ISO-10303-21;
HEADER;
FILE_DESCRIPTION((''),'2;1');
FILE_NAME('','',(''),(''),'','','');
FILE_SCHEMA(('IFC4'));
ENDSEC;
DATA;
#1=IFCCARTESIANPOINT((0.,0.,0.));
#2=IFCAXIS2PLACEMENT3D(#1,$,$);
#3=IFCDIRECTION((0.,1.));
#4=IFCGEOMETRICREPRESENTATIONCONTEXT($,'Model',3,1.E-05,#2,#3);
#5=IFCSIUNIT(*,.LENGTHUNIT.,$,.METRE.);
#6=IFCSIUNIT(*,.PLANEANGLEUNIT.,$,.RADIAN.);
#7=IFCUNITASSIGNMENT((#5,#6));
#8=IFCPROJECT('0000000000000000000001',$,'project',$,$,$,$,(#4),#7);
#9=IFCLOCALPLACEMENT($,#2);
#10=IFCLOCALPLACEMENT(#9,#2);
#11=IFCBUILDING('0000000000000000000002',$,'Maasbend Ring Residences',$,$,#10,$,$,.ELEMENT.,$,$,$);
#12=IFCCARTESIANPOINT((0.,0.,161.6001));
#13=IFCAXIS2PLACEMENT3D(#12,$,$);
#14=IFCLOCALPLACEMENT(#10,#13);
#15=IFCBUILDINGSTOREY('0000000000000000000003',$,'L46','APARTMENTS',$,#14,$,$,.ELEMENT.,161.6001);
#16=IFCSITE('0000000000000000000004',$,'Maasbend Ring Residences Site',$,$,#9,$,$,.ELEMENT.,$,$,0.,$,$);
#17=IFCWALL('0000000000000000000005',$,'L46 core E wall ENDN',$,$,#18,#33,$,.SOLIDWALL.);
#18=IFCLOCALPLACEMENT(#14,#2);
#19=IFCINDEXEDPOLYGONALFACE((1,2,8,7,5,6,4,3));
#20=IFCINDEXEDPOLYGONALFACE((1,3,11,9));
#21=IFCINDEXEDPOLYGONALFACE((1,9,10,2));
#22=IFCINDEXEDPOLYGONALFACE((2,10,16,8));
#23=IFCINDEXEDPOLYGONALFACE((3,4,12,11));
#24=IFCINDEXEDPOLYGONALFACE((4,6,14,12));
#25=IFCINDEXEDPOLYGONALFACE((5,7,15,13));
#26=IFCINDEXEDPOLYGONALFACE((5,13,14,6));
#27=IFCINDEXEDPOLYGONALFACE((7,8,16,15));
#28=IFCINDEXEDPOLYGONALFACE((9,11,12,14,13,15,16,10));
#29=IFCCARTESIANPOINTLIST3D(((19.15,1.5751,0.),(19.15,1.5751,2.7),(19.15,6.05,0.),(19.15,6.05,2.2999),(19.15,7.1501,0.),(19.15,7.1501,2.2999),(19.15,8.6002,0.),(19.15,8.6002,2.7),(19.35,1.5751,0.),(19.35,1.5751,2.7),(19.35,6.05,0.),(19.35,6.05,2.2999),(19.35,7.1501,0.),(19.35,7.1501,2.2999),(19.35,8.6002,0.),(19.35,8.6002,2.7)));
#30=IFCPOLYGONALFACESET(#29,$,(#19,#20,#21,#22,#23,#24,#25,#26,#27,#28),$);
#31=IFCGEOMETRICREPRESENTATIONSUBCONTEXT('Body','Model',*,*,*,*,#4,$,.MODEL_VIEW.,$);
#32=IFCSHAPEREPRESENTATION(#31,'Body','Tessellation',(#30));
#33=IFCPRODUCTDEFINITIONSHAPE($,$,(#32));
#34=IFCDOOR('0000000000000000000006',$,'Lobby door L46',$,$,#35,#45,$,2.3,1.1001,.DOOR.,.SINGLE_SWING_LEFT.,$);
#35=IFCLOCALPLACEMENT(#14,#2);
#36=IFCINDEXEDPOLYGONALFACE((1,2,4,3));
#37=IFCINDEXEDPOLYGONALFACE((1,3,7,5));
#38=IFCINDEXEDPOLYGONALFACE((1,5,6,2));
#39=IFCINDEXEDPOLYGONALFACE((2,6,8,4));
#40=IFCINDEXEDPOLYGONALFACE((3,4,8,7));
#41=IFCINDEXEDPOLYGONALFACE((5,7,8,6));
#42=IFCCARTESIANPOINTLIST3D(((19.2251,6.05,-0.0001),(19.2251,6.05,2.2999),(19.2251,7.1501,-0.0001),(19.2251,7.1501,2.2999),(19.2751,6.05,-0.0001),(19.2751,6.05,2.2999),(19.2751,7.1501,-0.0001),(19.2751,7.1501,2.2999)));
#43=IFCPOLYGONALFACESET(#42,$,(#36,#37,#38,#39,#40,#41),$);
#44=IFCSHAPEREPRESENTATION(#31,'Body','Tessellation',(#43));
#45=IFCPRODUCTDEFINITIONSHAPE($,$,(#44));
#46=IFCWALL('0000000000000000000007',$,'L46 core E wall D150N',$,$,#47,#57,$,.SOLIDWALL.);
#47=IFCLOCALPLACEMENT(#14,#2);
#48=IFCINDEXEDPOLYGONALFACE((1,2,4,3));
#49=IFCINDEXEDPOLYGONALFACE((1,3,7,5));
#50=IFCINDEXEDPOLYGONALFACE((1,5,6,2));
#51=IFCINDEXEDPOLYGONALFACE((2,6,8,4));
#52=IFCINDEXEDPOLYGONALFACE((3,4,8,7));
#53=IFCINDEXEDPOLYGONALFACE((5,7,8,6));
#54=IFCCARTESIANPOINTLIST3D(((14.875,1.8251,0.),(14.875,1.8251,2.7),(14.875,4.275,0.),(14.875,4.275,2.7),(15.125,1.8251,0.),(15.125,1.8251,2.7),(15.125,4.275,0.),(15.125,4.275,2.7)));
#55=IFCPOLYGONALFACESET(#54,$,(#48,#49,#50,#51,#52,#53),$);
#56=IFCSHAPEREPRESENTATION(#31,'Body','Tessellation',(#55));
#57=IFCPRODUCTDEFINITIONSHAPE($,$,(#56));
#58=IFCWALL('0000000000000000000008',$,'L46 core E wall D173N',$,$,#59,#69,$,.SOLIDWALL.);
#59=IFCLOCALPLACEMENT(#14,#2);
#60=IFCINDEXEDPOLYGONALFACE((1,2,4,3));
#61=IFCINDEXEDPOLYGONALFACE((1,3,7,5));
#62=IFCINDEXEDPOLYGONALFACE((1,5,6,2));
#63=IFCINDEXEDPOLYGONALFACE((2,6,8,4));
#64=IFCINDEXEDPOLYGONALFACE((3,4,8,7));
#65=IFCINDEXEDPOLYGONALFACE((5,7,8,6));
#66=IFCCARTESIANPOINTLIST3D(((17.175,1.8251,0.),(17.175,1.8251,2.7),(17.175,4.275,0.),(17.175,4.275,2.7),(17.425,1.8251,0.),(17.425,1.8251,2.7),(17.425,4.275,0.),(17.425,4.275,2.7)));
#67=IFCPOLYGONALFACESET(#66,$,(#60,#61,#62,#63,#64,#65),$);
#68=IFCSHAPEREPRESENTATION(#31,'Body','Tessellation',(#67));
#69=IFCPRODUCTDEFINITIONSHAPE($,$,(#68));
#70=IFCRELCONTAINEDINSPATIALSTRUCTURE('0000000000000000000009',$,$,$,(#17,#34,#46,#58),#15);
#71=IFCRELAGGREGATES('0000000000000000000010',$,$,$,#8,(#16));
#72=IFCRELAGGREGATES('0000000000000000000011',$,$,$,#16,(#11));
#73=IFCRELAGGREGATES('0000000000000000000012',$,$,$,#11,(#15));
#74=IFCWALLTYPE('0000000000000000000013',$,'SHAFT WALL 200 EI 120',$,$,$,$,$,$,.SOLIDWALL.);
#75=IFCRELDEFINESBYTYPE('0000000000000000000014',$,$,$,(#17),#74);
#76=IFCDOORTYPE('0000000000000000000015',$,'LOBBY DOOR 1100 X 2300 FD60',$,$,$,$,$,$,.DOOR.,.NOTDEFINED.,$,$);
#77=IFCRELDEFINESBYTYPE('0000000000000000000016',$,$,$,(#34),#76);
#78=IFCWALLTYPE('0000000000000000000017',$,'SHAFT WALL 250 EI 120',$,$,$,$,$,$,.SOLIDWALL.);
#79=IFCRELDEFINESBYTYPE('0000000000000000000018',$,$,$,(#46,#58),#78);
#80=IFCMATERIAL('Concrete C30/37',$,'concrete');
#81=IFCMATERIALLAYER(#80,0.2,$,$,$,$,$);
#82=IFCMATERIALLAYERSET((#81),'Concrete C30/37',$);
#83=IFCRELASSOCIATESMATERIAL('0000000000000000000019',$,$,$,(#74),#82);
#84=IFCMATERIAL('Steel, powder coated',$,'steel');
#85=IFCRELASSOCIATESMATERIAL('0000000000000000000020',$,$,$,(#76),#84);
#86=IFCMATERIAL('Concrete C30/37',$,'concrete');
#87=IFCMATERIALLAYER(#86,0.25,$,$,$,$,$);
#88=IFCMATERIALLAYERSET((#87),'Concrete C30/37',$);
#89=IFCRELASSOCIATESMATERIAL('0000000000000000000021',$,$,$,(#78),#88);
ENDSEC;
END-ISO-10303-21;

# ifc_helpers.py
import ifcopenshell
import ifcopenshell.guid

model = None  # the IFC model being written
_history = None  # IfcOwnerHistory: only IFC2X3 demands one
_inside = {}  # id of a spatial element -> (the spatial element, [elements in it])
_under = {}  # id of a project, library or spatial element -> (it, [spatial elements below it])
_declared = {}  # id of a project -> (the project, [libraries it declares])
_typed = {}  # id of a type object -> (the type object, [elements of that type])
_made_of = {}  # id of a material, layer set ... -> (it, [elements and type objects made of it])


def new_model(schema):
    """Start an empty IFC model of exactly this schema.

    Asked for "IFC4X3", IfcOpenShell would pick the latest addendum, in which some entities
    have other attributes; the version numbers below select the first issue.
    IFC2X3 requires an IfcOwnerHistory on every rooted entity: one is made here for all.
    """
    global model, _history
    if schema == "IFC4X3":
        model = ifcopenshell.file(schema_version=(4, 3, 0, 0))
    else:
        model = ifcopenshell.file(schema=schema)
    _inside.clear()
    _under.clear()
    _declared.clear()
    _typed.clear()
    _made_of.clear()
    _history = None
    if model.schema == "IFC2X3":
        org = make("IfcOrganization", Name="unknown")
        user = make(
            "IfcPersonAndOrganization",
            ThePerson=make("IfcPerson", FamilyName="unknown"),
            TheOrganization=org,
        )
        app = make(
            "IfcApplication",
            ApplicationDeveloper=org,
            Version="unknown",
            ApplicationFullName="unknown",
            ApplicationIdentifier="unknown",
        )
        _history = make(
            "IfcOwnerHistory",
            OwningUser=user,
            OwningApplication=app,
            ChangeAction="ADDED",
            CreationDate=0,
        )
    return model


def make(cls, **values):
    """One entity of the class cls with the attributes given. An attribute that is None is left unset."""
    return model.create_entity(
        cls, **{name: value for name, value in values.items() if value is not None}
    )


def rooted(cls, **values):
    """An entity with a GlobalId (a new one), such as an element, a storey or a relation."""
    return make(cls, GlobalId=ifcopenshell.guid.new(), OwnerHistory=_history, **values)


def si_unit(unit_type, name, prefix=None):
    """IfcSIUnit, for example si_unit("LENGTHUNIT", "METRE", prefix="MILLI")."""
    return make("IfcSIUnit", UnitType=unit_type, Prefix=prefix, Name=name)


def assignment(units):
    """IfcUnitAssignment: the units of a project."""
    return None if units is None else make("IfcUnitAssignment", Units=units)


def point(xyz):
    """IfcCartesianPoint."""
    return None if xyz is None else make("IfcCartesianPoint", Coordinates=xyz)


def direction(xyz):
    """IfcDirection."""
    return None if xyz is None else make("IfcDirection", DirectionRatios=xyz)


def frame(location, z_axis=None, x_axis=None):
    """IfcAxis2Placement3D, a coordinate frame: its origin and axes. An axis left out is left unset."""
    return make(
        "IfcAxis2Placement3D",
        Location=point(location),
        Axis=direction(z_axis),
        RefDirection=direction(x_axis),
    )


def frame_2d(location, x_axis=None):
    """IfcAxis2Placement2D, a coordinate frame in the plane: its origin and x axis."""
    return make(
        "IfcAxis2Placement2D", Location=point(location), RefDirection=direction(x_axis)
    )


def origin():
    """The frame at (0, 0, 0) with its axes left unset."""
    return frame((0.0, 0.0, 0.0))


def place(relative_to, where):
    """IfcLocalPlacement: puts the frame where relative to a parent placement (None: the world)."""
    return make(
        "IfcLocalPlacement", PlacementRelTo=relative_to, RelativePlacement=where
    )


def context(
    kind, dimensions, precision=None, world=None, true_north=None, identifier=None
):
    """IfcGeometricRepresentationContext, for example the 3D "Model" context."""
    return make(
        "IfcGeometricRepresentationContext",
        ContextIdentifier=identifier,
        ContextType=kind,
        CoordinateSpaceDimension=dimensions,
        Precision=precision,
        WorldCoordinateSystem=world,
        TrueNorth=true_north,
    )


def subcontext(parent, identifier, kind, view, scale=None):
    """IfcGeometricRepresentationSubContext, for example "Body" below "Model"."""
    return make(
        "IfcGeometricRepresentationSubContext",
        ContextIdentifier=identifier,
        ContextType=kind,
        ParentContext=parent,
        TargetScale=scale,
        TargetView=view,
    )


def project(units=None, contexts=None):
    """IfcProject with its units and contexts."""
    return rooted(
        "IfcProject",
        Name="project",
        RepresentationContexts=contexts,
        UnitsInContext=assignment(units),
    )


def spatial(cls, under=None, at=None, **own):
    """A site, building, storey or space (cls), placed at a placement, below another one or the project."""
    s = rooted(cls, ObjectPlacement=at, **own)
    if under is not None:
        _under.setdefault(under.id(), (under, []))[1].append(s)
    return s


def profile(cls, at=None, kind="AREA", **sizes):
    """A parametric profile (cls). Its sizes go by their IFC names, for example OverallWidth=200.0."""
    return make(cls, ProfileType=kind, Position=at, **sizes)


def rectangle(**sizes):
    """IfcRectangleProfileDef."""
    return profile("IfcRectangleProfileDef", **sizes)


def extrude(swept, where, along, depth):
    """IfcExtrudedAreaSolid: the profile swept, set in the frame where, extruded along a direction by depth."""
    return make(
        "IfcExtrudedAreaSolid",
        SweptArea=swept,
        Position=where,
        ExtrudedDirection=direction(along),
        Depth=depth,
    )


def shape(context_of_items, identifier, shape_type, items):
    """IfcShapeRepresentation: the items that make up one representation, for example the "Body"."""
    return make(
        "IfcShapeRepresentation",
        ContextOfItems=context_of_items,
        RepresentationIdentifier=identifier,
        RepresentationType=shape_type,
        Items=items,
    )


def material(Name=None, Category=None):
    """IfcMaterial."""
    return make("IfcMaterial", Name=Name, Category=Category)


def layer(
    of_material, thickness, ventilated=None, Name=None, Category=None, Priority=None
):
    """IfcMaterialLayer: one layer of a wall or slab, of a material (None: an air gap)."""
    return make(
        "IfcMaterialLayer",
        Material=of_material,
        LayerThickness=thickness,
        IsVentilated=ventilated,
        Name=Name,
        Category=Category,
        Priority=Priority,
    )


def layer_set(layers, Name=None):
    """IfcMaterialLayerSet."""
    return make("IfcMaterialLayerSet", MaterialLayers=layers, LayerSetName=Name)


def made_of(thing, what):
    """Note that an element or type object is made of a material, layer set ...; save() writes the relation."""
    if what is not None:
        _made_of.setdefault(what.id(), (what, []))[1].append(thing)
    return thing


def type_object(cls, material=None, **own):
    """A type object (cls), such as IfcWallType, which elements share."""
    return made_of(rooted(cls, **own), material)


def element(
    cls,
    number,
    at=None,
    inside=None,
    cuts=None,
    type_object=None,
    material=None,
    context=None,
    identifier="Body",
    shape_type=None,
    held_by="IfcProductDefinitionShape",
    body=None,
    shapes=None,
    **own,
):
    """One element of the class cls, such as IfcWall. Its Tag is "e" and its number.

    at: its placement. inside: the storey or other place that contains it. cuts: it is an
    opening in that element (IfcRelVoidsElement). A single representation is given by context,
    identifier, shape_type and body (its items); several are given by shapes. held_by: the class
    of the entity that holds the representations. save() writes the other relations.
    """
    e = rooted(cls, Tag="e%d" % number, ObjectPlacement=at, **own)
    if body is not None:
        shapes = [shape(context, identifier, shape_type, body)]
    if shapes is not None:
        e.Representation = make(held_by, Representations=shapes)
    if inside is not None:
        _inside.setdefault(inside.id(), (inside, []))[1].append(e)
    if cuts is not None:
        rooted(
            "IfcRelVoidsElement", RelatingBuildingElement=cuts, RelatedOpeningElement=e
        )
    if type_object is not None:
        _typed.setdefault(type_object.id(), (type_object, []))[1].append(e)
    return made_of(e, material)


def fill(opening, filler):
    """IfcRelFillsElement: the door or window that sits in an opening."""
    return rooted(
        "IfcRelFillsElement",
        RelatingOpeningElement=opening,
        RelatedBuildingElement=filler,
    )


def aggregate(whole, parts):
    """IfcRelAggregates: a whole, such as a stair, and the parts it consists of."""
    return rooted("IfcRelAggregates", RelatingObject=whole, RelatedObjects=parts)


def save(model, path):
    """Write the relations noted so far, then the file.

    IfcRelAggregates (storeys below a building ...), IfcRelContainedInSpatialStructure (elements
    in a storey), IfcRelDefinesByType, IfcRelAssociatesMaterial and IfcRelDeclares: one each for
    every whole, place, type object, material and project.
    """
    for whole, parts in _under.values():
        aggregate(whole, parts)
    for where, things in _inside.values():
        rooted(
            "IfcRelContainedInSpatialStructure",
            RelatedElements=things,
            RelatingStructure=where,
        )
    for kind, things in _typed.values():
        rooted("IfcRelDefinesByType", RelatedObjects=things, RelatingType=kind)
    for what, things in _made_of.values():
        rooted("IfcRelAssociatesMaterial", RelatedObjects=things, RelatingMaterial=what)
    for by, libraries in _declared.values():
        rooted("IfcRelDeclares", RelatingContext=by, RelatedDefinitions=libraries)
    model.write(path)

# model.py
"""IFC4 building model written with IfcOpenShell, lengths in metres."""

from ifc_helpers import new_model, si_unit, direction, frame, frame_2d, origin, place, context, subcontext, project, spatial, rectangle, extrude, material, layer, layer_set, type_object, element, fill, save


model = new_model("IFC4")

# Units and contexts
model_context = context("Model", 3, precision=1e-05, world=origin(), true_north=direction((0.0, 1.0)))
body_context = subcontext(model_context, "Body", "Model", "MODEL_VIEW")
ifc_project = project(units=[si_unit("LENGTHUNIT", "METRE"), si_unit("PLANEANGLEUNIT", "RADIAN")], contexts=[model_context])

# Site, building, storey
site_placement = place(None, origin())
site = spatial("IfcSite", under=ifc_project, at=site_placement, Name="Maasbend Ring Residences Site", CompositionType="ELEMENT", RefElevation=0.0)
building_placement = place(site_placement, origin())
building = spatial("IfcBuilding", under=site, at=building_placement, Name="Maasbend Ring Residences", CompositionType="ELEMENT")
storey_placement = place(building_placement, frame((0.0, 0.0, 161.6001)))
storey = spatial("IfcBuildingStorey", under=building, at=storey_placement, Name="L46", Description="APARTMENTS", CompositionType="ELEMENT", Elevation=161.6001)

# Wall, opening, door
ifc_material_1 = material(Name="Concrete C30/37", Category="concrete")
ifc_layer_1 = layer(ifc_material_1, 0.2)
ifc_layer_set_1 = layer_set([ifc_layer_1], Name="Concrete C30/37")
wall_type_1 = type_object("IfcWallType", Name="SHAFT WALL 200 EI 120", PredefinedType="SOLIDWALL", material=ifc_layer_set_1)
wall_1_placement = place(storey_placement, frame((19.25, 1.575, 0.0), z_axis=(0.0, 0.0, 1.0), x_axis=(0.0, 1.0, 0.0)))
wall_1 = element("IfcWall", 1, at=wall_1_placement, inside=storey, type_object=wall_type_1, Name="L46 core E wall ENDN", PredefinedType="SOLIDWALL", context=body_context, shape_type="SweptSolid", body=[
    extrude(rectangle(XDim=7.0251, YDim=0.2, at=frame_2d((3.5127, 0.0))), origin(), (0.0, 0.0, 1.0), 2.7),
])
opening_1_placement = place(wall_1_placement, frame((4.4751, 0.0, 0.0)))
opening_1 = element("IfcOpeningElement", 2, at=opening_1_placement, cuts=wall_1, PredefinedType="OPENING", context=body_context, shape_type="SweptSolid", body=[
    extrude(rectangle(XDim=1.1001, YDim=2.3, at=frame_2d((0.55, 1.1499))), frame((0.0, 0.1099, 0.0), z_axis=(0.0, -1.0, 0.0), x_axis=(1.0, 0.0, 0.0)), (0.0, 0.0, 1.0), 0.22),
])
ifc_material_2 = material(Name="Steel, powder coated", Category="steel")
door_type_1 = type_object("IfcDoorType", Name="LOBBY DOOR 1100 X 2300 FD60", OperationType="NOTDEFINED", PredefinedType="DOOR", material=ifc_material_2)
door_1_placement = place(opening_1_placement, origin())
door_1 = element("IfcDoor", 3, at=door_1_placement, inside=storey, type_object=door_type_1, Name="Lobby door L46", OperationType="SINGLE_SWING_LEFT", OverallHeight=2.3, OverallWidth=1.1001, PredefinedType="DOOR", context=body_context, shape_type="SweptSolid", body=[
    extrude(rectangle(XDim=1.1001, YDim=2.3, at=frame_2d((0.55, 1.1499))), frame((0.0, 0.0249, 0.0), z_axis=(0.0, -1.0, 0.0), x_axis=(1.0, 0.0, 0.0)), (0.0, 0.0, 1.0), 0.05),
])
fill(opening_1, door_1)

# Walls
ifc_material_3 = material(Name="Concrete C30/37", Category="concrete")
ifc_layer_2 = layer(ifc_material_3, 0.25)
ifc_layer_set_2 = layer_set([ifc_layer_2], Name="Concrete C30/37")
wall_type_2 = type_object("IfcWallType", Name="SHAFT WALL 250 EI 120", PredefinedType="SOLIDWALL", material=ifc_layer_set_2)
for number, where, z_axis, x_axis, name in (
    (4, (15.0, 1.825, 0.0), (0.0, 0.0, 1.0), (0.0, 1.0, 0.0), "L46 core E wall D150N"),
    (5, (17.3, 1.825, 0.0), (0.0, 0.0, 1.0), (0.0, 1.0, 0.0), "L46 core E wall D173N"),
):
    element("IfcWall", number, at=place(storey_placement, frame(where, z_axis=z_axis, x_axis=x_axis)), inside=storey, type_object=wall_type_2, Name=name, PredefinedType="SOLIDWALL", context=body_context, shape_type="SweptSolid", body=[
        extrude(rectangle(XDim=2.45, YDim=0.25, at=frame_2d((1.2251, 0.0))), origin(), (0.0, 0.0, 1.0), 2.7),
    ])

save(model, "model.ifc")
